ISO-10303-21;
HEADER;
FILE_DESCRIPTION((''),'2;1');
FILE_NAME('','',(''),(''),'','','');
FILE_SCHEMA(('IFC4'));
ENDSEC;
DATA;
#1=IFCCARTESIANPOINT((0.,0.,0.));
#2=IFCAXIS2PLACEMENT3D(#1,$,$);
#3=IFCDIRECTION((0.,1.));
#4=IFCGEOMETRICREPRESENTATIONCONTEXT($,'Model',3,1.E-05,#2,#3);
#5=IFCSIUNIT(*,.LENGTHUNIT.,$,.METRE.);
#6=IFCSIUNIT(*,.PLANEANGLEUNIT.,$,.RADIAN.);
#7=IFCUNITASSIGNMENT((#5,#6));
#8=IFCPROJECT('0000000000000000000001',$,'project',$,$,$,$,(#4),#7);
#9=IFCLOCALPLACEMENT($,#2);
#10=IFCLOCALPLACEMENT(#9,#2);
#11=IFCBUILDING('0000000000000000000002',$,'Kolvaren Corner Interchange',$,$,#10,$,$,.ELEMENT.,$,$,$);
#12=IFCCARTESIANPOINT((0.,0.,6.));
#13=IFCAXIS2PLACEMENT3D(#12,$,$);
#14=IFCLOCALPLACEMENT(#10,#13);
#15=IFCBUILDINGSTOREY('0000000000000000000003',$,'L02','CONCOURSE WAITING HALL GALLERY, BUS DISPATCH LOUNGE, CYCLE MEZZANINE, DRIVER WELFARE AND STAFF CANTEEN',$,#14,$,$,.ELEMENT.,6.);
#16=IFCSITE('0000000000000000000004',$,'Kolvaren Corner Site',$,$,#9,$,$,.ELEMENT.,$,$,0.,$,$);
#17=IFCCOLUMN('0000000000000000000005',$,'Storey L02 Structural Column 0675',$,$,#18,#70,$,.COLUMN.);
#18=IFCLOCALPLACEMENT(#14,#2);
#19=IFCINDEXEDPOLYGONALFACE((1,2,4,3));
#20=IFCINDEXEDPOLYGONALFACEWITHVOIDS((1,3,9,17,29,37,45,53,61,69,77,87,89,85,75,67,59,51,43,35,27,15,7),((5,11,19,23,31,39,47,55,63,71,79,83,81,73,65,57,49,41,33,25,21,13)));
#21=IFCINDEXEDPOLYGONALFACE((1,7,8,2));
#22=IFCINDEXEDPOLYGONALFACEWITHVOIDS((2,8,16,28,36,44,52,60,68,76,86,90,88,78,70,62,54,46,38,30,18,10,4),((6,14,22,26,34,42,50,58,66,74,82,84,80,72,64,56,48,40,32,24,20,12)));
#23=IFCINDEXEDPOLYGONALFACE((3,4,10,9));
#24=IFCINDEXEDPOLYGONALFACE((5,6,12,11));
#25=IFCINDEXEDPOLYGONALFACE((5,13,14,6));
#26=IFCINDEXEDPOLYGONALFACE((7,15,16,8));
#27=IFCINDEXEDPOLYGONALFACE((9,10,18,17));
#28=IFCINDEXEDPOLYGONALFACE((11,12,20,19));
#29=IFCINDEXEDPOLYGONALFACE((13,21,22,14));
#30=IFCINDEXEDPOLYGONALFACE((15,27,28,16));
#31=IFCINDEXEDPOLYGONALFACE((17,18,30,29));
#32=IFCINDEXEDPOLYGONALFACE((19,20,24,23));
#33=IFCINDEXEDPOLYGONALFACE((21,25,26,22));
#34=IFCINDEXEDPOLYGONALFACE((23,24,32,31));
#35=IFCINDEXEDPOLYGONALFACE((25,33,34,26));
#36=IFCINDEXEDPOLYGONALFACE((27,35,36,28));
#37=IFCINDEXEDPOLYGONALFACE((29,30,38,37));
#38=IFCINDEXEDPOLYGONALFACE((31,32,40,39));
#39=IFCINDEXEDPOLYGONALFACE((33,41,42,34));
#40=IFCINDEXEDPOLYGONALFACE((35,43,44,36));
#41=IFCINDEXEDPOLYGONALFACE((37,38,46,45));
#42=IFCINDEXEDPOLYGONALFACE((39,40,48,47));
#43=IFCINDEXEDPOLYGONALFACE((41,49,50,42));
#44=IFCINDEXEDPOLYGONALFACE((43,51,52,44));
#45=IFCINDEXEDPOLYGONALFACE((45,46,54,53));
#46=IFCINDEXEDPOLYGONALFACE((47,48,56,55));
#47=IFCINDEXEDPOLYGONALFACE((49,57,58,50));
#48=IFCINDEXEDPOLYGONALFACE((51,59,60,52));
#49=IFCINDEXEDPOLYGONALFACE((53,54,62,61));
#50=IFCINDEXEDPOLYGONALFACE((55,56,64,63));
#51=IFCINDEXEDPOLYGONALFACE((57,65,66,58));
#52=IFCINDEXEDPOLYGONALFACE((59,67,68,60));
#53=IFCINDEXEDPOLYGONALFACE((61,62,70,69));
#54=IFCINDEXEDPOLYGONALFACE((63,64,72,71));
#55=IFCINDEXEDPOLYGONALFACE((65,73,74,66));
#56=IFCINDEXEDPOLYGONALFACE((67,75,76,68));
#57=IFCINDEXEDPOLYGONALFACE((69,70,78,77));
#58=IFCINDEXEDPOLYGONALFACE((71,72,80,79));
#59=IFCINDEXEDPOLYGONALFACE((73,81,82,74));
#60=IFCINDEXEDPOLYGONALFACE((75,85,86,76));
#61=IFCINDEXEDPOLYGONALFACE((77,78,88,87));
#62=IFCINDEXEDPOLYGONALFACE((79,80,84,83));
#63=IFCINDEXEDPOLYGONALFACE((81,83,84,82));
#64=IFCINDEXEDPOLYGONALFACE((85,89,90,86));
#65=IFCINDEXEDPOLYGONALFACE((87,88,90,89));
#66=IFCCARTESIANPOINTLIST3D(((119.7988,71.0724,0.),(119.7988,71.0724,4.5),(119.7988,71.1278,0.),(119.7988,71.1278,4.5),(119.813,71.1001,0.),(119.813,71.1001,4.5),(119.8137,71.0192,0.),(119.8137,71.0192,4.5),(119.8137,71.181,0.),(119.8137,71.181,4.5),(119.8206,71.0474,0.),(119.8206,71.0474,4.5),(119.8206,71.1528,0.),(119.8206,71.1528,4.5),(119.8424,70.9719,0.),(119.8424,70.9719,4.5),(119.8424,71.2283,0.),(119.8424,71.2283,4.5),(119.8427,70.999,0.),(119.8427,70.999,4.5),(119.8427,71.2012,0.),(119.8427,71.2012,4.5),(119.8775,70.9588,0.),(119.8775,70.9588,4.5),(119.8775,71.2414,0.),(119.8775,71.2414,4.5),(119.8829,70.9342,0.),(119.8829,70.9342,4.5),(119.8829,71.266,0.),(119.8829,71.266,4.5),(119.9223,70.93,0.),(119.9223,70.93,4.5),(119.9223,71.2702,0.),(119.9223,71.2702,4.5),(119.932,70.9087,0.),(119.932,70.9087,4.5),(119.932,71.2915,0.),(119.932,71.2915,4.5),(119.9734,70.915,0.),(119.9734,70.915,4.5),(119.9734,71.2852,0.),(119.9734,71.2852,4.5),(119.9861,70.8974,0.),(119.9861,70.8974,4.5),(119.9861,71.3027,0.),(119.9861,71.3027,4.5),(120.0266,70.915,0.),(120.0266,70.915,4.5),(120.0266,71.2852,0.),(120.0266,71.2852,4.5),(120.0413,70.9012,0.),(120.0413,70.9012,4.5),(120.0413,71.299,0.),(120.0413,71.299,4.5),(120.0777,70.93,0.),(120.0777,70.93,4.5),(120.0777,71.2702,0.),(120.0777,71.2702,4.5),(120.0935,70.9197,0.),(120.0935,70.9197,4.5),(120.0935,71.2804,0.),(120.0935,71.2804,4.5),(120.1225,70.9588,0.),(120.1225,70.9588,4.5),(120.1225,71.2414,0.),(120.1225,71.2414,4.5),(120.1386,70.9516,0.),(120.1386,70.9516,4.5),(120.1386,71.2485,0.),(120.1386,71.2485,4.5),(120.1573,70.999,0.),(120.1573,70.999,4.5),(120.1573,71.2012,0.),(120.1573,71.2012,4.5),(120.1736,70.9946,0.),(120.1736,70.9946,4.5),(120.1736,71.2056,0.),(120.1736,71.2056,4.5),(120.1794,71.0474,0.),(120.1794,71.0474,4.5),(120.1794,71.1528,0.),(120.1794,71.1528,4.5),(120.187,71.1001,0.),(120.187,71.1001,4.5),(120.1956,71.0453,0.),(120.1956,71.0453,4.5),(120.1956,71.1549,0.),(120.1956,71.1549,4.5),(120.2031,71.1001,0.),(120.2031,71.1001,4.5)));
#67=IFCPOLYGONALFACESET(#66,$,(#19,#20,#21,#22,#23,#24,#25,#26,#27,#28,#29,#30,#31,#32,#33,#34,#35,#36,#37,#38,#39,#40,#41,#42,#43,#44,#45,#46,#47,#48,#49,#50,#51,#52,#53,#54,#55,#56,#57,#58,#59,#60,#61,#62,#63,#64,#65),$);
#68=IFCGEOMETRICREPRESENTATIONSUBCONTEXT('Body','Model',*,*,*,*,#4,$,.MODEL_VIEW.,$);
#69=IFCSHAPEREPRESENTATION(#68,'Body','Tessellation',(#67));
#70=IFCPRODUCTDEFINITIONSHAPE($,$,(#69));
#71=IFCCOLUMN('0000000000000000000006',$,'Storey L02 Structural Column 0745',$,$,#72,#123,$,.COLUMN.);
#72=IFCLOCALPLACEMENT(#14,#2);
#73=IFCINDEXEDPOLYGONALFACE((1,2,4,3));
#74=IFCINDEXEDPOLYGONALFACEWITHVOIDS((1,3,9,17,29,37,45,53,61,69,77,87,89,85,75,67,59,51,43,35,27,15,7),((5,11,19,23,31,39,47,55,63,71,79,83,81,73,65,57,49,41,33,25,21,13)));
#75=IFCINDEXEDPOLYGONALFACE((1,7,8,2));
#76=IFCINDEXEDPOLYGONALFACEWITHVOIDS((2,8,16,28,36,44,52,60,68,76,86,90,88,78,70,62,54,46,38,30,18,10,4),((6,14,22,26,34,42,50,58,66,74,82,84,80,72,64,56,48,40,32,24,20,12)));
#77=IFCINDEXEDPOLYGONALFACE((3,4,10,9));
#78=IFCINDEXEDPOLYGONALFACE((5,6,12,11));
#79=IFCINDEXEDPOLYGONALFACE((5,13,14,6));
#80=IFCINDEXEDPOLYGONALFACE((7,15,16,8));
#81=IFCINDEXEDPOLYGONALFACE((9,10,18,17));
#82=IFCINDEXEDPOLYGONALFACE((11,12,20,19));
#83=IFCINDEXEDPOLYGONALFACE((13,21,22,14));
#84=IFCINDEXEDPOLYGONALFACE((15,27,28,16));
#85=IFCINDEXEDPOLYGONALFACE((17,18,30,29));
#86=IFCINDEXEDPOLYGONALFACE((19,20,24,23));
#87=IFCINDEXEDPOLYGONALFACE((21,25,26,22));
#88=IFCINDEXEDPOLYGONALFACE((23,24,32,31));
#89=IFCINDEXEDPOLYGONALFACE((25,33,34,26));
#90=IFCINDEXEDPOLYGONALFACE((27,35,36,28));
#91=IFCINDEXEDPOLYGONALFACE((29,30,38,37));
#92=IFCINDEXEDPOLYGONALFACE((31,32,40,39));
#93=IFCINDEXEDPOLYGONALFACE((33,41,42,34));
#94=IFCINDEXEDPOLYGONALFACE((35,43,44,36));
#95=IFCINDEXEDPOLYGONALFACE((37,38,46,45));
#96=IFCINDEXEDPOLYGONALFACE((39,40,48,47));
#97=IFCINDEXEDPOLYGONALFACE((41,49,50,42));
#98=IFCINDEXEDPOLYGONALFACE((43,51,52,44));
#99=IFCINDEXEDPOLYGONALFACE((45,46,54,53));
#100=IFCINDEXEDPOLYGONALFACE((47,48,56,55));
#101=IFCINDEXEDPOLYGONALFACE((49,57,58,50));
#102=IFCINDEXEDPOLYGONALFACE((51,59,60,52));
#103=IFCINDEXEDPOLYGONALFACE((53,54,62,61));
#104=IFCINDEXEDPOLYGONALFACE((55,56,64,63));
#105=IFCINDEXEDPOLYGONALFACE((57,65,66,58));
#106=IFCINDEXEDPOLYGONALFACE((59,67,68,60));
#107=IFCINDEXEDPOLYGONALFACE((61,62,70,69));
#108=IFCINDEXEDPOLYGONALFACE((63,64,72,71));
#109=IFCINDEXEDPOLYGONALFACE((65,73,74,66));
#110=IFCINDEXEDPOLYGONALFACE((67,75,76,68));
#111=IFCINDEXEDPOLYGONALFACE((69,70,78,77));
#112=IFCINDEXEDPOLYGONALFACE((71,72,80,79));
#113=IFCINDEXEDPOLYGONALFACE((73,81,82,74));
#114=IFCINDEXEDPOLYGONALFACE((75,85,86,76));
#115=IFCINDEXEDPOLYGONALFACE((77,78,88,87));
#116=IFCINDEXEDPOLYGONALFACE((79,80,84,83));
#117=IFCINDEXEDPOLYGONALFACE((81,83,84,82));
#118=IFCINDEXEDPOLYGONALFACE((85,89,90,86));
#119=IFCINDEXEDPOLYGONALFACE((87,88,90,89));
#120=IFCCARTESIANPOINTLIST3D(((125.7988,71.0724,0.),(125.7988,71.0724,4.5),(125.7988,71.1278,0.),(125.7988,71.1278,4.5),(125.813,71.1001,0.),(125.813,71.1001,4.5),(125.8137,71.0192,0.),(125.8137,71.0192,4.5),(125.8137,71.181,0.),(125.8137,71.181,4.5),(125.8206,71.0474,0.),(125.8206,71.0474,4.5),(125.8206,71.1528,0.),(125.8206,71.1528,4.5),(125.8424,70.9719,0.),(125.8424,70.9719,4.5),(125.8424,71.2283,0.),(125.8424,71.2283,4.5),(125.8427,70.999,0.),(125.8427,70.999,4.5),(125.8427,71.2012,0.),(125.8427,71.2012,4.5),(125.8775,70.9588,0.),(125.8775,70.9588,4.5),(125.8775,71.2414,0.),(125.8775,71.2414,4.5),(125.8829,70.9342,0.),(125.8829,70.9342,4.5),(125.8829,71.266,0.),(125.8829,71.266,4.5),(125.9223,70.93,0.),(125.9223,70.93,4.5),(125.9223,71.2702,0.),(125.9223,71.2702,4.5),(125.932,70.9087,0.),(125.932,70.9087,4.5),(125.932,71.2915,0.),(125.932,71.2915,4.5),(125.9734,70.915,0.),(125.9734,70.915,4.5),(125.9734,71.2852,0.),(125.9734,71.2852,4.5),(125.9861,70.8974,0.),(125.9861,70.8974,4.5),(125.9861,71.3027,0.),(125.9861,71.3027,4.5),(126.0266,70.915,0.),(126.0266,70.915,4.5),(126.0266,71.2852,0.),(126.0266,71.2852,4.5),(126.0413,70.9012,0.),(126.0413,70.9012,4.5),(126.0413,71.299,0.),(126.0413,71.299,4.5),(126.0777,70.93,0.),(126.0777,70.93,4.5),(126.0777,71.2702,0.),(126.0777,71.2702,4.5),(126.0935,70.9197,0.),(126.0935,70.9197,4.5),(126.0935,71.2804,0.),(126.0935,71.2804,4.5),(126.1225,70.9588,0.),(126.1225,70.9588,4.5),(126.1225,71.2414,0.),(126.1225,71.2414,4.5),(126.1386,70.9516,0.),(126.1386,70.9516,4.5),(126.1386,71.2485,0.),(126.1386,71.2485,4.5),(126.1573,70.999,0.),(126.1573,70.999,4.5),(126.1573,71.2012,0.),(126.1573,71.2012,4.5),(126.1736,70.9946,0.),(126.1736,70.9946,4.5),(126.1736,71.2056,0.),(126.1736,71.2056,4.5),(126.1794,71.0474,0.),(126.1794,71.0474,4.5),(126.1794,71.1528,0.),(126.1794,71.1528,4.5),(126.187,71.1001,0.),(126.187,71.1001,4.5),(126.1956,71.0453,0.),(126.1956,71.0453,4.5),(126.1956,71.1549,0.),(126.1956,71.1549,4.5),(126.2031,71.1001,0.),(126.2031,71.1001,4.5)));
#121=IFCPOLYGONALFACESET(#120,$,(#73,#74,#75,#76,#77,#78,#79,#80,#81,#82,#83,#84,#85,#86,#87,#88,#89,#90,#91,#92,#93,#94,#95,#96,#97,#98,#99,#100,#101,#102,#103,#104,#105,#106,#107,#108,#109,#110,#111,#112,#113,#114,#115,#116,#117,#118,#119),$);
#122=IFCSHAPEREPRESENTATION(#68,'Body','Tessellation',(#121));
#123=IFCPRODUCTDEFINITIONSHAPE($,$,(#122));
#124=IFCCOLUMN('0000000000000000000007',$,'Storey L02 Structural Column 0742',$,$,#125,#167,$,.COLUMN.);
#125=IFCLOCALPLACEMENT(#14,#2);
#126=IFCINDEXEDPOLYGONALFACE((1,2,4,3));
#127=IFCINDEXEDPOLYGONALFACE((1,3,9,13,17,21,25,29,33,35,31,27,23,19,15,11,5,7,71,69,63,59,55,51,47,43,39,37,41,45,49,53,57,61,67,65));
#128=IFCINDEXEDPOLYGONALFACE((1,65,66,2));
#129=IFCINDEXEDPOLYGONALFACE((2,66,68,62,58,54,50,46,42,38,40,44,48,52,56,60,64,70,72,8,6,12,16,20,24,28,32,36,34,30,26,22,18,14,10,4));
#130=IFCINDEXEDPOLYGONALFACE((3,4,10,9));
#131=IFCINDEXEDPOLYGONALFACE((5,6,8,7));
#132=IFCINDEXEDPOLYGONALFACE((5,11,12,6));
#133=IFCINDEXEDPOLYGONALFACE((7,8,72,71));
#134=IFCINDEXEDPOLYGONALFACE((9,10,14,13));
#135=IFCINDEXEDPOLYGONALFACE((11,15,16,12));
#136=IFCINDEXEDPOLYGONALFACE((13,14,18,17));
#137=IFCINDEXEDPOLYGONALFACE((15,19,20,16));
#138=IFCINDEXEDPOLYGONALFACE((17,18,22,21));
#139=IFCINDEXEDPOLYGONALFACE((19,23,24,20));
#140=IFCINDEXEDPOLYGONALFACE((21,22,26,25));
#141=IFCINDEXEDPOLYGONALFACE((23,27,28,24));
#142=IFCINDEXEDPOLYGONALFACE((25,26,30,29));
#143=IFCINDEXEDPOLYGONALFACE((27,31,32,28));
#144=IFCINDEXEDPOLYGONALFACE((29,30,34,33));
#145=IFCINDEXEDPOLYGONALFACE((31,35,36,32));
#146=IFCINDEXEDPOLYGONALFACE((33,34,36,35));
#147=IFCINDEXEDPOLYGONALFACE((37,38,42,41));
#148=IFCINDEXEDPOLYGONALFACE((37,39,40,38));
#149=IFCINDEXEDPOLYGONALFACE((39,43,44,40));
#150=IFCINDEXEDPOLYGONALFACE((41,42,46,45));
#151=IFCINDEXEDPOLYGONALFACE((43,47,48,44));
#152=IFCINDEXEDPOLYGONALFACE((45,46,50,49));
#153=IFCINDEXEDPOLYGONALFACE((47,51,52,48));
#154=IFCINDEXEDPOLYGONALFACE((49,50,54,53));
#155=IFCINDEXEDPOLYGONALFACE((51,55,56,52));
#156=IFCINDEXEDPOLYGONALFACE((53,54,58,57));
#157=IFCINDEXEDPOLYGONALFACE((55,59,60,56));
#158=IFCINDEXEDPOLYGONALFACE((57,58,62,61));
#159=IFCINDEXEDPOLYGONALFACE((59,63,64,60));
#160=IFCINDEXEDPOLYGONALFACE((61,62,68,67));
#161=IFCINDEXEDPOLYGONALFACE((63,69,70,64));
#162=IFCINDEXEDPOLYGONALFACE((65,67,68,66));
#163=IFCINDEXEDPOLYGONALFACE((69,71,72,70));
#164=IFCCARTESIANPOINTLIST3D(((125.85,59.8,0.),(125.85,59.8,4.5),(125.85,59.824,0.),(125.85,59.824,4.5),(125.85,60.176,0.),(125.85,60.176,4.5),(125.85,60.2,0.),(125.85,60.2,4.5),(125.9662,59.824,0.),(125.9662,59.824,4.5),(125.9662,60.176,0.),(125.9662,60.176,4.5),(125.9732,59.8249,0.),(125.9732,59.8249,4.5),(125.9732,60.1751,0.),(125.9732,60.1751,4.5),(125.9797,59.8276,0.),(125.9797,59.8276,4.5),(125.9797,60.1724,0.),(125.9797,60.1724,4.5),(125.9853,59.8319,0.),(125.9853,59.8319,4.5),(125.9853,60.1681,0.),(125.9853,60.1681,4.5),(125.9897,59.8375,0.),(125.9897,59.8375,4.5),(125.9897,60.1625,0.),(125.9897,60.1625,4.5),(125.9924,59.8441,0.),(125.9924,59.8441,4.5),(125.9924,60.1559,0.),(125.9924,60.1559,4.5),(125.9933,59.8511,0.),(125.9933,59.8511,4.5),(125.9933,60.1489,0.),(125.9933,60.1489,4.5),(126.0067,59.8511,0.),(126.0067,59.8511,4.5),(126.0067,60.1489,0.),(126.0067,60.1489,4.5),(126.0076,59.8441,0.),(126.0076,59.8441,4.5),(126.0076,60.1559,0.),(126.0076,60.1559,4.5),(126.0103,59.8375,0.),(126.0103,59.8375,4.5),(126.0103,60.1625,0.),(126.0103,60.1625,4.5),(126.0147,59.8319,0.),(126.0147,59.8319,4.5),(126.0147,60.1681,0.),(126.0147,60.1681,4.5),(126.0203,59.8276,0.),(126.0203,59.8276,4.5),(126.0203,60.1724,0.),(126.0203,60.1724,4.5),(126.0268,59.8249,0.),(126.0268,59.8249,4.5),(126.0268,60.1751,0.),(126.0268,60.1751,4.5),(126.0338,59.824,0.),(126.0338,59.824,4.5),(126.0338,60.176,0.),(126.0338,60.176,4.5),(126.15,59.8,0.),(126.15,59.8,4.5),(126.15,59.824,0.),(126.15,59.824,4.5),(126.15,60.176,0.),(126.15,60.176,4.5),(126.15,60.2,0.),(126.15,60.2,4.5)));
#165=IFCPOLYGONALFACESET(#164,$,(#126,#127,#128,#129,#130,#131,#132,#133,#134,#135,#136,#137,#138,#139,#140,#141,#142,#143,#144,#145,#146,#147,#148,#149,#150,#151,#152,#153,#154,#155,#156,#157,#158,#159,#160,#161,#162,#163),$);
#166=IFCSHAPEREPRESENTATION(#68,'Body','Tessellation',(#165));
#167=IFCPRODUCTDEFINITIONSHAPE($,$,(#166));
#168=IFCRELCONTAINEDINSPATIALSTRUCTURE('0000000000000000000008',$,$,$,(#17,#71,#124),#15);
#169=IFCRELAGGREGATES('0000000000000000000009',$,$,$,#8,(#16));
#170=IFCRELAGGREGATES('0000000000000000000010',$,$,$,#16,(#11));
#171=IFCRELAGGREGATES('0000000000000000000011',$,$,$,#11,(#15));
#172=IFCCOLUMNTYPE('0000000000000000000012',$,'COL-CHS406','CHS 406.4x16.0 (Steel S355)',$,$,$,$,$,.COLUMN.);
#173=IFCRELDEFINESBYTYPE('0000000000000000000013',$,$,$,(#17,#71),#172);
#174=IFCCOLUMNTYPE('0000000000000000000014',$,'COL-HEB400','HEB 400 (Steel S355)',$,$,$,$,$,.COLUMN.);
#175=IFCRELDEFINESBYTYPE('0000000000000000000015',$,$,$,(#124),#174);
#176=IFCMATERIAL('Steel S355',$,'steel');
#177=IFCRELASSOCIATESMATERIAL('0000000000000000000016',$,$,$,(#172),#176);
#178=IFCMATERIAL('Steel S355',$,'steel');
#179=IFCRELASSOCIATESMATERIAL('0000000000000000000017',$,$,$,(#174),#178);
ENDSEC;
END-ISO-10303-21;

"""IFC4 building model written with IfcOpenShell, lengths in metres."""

from ifc_helpers import new_model, si_unit, direction, frame, origin, origin_2d, place, context, subcontext, project, spatial, hollow_circle, i_section, extrude, material, material_profile, profile_set, type_object, element, save


model = new_model("IFC4")

# Units and contexts
model_context = context("Model", 3, precision=1e-05, world=origin(), true_north=direction((0.0, 1.0)))
body_context = subcontext(model_context, "Body", "Model", "MODEL_VIEW")
ifc_project = project(units=[si_unit("LENGTHUNIT", "METRE"), si_unit("PLANEANGLEUNIT", "RADIAN")], contexts=[model_context])

# Site, building, storey
site_placement = place(None, origin())
site = spatial("IfcSite", under=ifc_project, at=site_placement, Name="Kolvaren Corner Site", CompositionType="ELEMENT", RefElevation=0.0)
building_placement = place(site_placement, origin())
building = spatial("IfcBuilding", under=site, at=building_placement, Name="Kolvaren Corner Interchange", CompositionType="ELEMENT")
storey_placement = place(building_placement, frame((0.0, 0.0, 6.0)))
storey = spatial("IfcBuildingStorey", under=building, at=storey_placement, Name="L02", Description="CONCOURSE WAITING HALL GALLERY, BUS DISPATCH LOUNGE, CYCLE MEZZANINE, DRIVER WELFARE AND STAFF CANTEEN", CompositionType="ELEMENT", Elevation=6.0)

# Columns
ifc_material_1 = material(Name="Steel S355", Category="steel")
ifc_material_profile_1 = material_profile(ifc_material_1, hollow_circle(Radius=0.2031, WallThickness=0.0161, at=origin_2d()), Name="CHS 406.4x16.0")
ifc_profile_set_1 = profile_set([ifc_material_profile_1], Name="Steel S355")
column_type_1 = type_object("IfcColumnType", Name="COL-CHS406", Description="CHS 406.4x16.0 (Steel S355)", PredefinedType="COLUMN", material=ifc_profile_set_1)
for number, where, z_axis, x_axis, name in (
    (1, (120.0, 71.1001, 0.0), (0.0, 0.0, 1.0), (1.0, 0.0, 0.0), "Storey L02 Structural Column 0675"),
    (2, (126.0, 71.1001, 0.0), (0.0, 0.0, 1.0), (1.0, 0.0, 0.0), "Storey L02 Structural Column 0745"),
):
    element("IfcColumn", number, at=place(storey_placement, frame(where, z_axis=z_axis, x_axis=x_axis)), inside=storey, type_object=column_type_1, Name=name, PredefinedType="COLUMN", context=body_context, shape_type="SweptSolid", body=[
        extrude(hollow_circle(Radius=0.2031, WallThickness=0.0161, at=origin_2d()), origin(), (0.0, 0.0, 1.0), 4.5),
    ])
ifc_material_2 = material(Name="Steel S355", Category="steel")
ifc_material_profile_2 = material_profile(ifc_material_2, i_section(OverallWidth=0.3, OverallDepth=0.3999, WebThickness=0.0134, FlangeThickness=0.0239, FilletRadius=0.0271, at=origin_2d()), Name="HEB 400")
ifc_profile_set_2 = profile_set([ifc_material_profile_2], Name="Steel S355")
column_type_2 = type_object("IfcColumnType", Name="COL-HEB400", Description="HEB 400 (Steel S355)", PredefinedType="COLUMN", material=ifc_profile_set_2)
for number, where, z_axis, x_axis, name in (
    (3, (126.0, 60.0, 0.0), (0.0, 0.0, 1.0), (1.0, 0.0, 0.0), "Storey L02 Structural Column 0742"),
):
    element("IfcColumn", number, at=place(storey_placement, frame(where, z_axis=z_axis, x_axis=x_axis)), inside=storey, type_object=column_type_2, Name=name, PredefinedType="COLUMN", context=body_context, shape_type="SweptSolid", body=[
        extrude(i_section(OverallWidth=0.3, OverallDepth=0.3999, WebThickness=0.0134, FlangeThickness=0.0239, FilletRadius=0.0271, at=origin_2d()), origin(), (0.0, 0.0, 1.0), 4.5),
    ])

save(model, "model.ifc")
